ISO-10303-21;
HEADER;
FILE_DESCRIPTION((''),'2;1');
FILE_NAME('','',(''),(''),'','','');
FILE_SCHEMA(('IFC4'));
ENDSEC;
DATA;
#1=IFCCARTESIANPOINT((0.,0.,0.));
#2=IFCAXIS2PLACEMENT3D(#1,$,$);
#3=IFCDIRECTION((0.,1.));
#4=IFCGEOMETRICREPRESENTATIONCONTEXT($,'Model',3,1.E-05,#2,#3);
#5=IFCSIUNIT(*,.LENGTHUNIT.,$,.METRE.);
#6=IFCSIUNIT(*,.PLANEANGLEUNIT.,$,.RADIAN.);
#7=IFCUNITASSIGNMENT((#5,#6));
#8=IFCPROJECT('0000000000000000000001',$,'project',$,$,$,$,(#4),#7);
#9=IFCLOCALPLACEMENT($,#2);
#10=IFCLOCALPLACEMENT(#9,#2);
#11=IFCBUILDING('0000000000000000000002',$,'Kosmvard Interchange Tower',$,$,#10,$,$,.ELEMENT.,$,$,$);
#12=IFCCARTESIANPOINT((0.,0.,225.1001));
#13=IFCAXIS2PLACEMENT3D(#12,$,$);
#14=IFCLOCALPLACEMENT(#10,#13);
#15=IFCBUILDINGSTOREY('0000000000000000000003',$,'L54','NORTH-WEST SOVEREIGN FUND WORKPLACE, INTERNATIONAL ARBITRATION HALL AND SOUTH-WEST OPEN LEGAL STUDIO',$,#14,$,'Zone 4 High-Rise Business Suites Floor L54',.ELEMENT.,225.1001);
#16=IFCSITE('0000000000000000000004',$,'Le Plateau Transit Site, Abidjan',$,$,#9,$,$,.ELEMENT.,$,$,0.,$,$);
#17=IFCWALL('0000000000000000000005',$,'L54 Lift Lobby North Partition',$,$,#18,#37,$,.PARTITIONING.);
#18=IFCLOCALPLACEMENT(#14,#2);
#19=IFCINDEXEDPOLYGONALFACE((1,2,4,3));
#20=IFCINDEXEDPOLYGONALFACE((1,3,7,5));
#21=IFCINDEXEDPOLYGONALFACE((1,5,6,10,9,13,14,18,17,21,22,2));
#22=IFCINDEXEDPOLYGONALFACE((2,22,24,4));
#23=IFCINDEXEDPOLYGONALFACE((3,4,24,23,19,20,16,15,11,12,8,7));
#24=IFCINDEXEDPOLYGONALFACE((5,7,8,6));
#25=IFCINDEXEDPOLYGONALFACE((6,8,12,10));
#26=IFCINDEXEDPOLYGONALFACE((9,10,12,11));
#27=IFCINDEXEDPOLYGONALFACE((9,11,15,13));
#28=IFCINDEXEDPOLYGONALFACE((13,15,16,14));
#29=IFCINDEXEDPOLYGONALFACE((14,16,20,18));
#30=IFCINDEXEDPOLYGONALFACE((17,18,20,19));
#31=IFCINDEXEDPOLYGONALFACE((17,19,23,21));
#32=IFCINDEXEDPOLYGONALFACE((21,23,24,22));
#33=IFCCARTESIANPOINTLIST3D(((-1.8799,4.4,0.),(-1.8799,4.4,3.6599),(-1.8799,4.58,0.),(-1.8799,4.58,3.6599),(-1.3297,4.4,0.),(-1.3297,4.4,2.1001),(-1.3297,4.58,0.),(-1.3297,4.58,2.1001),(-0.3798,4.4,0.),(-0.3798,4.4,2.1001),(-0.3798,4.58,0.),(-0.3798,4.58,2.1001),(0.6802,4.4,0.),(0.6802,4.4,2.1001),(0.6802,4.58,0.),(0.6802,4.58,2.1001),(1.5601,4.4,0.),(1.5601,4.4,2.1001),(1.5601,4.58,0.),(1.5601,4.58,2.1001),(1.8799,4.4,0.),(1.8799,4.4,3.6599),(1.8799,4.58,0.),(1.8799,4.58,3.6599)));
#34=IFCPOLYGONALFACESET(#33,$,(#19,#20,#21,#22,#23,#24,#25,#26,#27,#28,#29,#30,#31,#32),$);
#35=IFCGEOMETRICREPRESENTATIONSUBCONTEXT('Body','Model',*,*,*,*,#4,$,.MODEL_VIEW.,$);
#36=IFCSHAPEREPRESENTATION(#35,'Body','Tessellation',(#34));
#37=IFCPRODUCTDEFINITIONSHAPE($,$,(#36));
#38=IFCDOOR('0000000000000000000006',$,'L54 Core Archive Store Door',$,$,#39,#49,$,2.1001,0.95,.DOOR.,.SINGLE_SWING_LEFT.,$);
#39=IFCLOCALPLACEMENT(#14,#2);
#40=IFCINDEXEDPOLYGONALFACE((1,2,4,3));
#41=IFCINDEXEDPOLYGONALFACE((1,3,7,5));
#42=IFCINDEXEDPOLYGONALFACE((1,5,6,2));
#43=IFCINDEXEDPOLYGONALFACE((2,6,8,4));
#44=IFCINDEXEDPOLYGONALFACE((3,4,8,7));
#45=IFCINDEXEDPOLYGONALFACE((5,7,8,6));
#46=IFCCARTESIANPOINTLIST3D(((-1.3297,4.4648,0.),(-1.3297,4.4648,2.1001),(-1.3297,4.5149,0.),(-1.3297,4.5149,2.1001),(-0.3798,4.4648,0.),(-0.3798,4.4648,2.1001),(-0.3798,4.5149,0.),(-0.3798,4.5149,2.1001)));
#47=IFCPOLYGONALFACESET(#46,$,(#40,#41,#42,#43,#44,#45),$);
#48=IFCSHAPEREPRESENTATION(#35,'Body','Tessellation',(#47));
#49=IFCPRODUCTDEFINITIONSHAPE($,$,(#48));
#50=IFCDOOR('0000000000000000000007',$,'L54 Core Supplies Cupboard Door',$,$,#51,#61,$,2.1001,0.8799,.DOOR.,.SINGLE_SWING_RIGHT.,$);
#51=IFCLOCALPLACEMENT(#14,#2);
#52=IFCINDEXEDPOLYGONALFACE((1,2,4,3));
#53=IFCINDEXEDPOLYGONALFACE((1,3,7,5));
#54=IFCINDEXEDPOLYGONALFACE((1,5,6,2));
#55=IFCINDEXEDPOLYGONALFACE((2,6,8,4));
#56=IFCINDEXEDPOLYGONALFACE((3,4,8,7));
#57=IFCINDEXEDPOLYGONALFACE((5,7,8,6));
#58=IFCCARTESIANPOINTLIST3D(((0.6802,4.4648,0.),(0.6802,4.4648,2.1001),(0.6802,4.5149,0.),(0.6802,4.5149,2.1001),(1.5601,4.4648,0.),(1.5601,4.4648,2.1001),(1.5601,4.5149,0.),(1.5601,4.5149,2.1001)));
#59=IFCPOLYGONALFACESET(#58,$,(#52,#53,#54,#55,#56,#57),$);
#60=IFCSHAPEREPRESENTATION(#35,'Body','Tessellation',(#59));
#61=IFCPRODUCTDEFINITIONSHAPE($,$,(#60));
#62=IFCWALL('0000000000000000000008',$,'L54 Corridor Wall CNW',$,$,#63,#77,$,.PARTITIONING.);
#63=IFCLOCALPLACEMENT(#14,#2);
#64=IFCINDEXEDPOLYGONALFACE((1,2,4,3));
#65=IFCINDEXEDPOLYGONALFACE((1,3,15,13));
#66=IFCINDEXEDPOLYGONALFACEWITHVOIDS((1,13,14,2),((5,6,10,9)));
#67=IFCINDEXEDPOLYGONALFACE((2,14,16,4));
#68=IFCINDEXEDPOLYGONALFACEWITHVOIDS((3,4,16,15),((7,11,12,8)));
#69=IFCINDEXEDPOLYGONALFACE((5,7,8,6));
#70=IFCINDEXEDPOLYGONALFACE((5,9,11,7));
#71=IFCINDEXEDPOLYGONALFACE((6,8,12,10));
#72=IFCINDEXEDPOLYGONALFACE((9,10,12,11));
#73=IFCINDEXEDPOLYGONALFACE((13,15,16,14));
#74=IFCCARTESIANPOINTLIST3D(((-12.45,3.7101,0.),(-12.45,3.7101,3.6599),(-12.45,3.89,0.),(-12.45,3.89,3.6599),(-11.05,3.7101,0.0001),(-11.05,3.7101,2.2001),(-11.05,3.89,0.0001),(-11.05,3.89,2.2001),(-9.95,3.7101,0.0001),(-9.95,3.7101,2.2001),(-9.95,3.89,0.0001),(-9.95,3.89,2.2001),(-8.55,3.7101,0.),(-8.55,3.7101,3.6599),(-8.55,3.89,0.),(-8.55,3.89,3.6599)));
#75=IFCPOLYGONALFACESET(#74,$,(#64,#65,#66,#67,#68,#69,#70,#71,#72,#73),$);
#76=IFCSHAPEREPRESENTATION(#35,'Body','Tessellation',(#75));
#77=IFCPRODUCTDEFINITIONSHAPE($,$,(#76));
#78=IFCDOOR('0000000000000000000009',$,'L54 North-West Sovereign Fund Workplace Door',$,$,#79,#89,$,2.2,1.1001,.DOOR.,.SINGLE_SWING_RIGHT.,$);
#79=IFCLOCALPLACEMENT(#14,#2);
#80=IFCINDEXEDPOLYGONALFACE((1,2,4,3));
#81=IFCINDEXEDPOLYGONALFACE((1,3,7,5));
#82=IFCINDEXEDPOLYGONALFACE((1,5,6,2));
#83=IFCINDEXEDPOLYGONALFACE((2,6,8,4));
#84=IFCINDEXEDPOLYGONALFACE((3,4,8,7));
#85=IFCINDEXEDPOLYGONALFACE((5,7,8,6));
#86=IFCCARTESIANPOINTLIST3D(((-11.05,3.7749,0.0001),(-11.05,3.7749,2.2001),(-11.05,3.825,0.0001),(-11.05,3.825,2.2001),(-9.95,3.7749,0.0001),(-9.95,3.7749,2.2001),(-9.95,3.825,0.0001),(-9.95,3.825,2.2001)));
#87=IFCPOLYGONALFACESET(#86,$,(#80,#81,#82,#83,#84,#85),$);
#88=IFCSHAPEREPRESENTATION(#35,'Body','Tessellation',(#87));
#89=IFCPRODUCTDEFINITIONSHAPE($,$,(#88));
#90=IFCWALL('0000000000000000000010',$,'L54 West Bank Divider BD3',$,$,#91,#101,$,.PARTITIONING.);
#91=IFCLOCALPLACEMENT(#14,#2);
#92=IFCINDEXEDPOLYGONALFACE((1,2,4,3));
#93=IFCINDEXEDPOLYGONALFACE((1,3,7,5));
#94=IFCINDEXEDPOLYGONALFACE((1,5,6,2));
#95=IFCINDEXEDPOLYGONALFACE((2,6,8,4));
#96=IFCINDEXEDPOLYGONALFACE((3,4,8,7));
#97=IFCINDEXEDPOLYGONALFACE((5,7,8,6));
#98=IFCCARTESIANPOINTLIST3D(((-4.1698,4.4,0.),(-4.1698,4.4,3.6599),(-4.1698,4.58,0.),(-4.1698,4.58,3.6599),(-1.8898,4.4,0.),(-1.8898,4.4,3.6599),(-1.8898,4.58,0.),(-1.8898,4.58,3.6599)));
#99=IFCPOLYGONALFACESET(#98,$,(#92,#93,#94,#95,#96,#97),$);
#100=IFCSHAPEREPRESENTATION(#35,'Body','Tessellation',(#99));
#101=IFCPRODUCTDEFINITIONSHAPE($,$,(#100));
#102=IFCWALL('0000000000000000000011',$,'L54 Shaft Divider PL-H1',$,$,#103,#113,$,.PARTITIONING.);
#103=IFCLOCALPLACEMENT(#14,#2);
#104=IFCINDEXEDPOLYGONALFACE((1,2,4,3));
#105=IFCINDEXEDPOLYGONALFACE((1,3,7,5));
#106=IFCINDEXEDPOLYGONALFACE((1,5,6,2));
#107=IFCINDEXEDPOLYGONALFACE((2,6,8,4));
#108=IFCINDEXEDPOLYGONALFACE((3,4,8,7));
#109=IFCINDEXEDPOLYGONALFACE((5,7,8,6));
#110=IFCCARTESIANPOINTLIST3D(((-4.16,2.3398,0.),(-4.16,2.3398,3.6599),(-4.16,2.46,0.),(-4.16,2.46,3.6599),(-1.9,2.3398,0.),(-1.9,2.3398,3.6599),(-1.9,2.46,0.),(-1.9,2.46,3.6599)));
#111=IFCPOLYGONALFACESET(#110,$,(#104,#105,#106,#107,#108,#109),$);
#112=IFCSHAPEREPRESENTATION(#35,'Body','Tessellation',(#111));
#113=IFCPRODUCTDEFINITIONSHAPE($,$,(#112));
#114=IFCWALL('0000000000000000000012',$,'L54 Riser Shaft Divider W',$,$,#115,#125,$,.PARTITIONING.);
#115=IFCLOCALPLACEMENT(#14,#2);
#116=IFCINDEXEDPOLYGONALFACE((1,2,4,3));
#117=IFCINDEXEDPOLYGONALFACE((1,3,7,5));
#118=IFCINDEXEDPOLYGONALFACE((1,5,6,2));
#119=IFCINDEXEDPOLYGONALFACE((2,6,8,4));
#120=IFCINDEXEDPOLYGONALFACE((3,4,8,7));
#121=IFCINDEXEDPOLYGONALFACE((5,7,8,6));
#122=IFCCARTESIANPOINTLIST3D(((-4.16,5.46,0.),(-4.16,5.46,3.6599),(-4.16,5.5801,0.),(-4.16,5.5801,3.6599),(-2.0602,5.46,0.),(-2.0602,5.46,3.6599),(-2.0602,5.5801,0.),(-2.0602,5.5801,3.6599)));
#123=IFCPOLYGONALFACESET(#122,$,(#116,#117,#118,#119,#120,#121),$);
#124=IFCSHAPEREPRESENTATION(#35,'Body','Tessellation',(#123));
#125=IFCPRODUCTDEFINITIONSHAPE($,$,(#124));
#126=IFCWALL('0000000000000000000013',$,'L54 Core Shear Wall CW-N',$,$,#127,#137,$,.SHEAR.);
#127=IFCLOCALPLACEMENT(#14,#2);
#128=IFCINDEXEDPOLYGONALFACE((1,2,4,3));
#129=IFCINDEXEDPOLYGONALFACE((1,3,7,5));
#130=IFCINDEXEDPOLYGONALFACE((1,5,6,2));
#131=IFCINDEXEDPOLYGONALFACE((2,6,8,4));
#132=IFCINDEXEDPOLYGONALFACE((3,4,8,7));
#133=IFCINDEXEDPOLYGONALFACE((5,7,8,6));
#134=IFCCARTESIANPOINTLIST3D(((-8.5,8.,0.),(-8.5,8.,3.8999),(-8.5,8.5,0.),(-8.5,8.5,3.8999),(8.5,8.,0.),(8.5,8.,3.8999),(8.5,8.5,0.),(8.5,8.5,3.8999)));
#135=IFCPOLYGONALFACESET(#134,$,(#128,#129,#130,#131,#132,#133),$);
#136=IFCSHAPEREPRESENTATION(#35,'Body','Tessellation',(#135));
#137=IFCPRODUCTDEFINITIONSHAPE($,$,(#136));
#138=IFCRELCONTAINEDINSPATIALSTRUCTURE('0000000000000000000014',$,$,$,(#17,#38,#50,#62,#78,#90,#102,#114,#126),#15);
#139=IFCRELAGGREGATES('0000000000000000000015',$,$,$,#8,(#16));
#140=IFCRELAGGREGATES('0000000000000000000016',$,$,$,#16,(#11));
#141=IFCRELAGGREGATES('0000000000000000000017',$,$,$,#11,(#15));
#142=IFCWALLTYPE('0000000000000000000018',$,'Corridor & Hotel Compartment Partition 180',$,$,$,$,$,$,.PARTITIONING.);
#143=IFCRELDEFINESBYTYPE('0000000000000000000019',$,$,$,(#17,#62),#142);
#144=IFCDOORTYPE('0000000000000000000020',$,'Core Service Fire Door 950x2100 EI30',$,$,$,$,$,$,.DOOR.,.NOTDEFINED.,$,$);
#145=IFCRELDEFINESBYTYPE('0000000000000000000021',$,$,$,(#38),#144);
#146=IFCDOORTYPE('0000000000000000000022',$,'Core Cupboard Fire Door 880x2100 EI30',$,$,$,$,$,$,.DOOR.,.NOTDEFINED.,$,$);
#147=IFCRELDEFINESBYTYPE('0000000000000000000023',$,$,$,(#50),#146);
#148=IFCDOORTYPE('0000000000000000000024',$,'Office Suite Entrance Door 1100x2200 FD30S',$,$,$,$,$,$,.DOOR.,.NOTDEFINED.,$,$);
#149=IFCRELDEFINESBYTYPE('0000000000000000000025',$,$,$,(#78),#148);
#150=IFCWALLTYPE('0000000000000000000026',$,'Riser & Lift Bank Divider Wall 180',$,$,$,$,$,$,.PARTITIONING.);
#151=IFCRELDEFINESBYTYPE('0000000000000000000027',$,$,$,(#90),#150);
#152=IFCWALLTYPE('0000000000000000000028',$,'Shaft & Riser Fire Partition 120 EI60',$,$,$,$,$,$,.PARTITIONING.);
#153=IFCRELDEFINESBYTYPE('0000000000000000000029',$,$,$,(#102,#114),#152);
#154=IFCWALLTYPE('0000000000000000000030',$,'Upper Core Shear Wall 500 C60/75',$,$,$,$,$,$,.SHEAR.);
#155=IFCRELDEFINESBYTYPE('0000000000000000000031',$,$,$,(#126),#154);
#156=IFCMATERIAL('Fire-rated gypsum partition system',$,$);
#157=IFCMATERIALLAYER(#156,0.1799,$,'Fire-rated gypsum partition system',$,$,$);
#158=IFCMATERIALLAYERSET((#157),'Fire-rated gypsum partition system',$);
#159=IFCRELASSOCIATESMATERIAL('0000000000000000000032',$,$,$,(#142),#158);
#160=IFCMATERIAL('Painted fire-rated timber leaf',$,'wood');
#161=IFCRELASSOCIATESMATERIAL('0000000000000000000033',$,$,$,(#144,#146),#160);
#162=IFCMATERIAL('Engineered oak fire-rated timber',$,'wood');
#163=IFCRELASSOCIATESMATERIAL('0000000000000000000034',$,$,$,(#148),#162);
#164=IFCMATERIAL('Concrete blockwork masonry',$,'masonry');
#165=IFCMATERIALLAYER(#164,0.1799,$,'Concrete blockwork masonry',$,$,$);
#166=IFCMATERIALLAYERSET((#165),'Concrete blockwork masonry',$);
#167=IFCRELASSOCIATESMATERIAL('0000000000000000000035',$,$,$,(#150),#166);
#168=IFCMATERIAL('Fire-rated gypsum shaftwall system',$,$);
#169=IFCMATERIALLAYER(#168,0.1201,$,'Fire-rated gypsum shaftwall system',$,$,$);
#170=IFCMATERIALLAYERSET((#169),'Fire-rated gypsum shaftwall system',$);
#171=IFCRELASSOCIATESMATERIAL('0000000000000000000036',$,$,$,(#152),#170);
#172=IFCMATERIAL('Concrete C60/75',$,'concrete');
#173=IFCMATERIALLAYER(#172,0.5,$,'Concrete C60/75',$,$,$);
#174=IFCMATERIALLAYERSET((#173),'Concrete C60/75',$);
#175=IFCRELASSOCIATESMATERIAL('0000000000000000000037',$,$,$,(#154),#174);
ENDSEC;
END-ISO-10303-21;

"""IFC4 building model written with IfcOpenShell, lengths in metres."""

from ifc_helpers import new_model, si_unit, direction, frame, frame_2d, origin, place, context, subcontext, project, spatial, rectangle, extrude, source, transform, mapped, material, layer, layer_set, type_object, element, fill, save


model = new_model("IFC4")

# Units and contexts
model_context = context("Model", 3, precision=1e-05, world=origin(), true_north=direction((0.0, 1.0)))
body_context = subcontext(model_context, "Body", "Model", "MODEL_VIEW")
ifc_project = project(units=[si_unit("LENGTHUNIT", "METRE"), si_unit("PLANEANGLEUNIT", "RADIAN")], contexts=[model_context])

# Site, building, storey
site_placement = place(None, origin())
site = spatial("IfcSite", under=ifc_project, at=site_placement, Name="Le Plateau Transit Site, Abidjan", CompositionType="ELEMENT", RefElevation=0.0)
building_placement = place(site_placement, origin())
building = spatial("IfcBuilding", under=site, at=building_placement, Name="Kosmvard Interchange Tower", CompositionType="ELEMENT")
storey_placement = place(building_placement, frame((0.0, 0.0, 225.1001)))
storey = spatial("IfcBuildingStorey", under=building, at=storey_placement, Name="L54", Description="NORTH-WEST SOVEREIGN FUND WORKPLACE, INTERNATIONAL ARBITRATION HALL AND SOUTH-WEST OPEN LEGAL STUDIO", LongName="Zone 4 High-Rise Business Suites Floor L54", CompositionType="ELEMENT", Elevation=225.1001)

# Shared definitions
ifc_material_1 = material(Name="Concrete C60/75", Category="concrete")

# Shared definitions
ifc_material_2 = material(Name="Fire-rated gypsum partition system")

# Wall, openings, doors
ifc_layer_1 = layer(ifc_material_2, 0.1799, Name="Fire-rated gypsum partition system")
ifc_layer_set_1 = layer_set([ifc_layer_1], Name="Fire-rated gypsum partition system")
wall_type_1 = type_object("IfcWallType", Name="Corridor & Hotel Compartment Partition 180", PredefinedType="PARTITIONING", material=ifc_layer_set_1)
wall_1_placement = place(storey_placement, frame((-1.8799, 4.49, 0.0), z_axis=(0.0, 0.0, 1.0), x_axis=(1.0, 0.0, 0.0)))
wall_1 = element("IfcWall", 1, at=wall_1_placement, inside=storey, type_object=wall_type_1, Name="L54 Lift Lobby North Partition", PredefinedType="PARTITIONING", context=body_context, shape_type="SweptSolid", body=[
    extrude(rectangle(XDim=3.7598, YDim=0.1799, at=frame_2d((1.8799, 0.0))), origin(), (0.0, 0.0, 1.0), 3.6599),
])
opening_1_placement = place(wall_1_placement, frame((0.55, 0.0, 0.0)))
opening_1 = element("IfcOpeningElement", 2, at=opening_1_placement, cuts=wall_1, PredefinedType="OPENING", context=body_context, shape_type="SweptSolid", body=[
    extrude(rectangle(XDim=0.95, YDim=2.1001, at=frame_2d((0.4751, 1.05))), frame((0.0, 0.1001, 0.0), z_axis=(0.0, -1.0, 0.0), x_axis=(1.0, 0.0, 0.0)), (0.0, 0.0, 1.0), 0.2),
])
opening_2_placement = place(wall_1_placement, frame((2.5601, 0.0, 0.0)))
opening_2 = element("IfcOpeningElement", 3, at=opening_2_placement, cuts=wall_1, PredefinedType="OPENING", context=body_context, shape_type="SweptSolid", body=[
    extrude(rectangle(XDim=0.8799, YDim=2.1001, at=frame_2d((0.4399, 1.05))), frame((0.0, 0.1001, 0.0), z_axis=(0.0, -1.0, 0.0), x_axis=(1.0, 0.0, 0.0)), (0.0, 0.0, 1.0), 0.2),
])
ifc_material_3 = material(Name="Painted fire-rated timber leaf", Category="wood")
door_type_1 = type_object("IfcDoorType", Name="Core Service Fire Door 950x2100 EI30", OperationType="NOTDEFINED", PredefinedType="DOOR", material=ifc_material_3)
shared_shape_1 = source(origin(), body_context, "Body", "SweptSolid", [
    extrude(rectangle(XDim=0.95, YDim=2.1001, at=frame_2d((0.4751, 1.05))), frame((0.0, 0.0249, 0.0), z_axis=(0.0, -1.0, 0.0), x_axis=(1.0, 0.0, 0.0)), (0.0, 0.0, 1.0), 0.05),
])
door_1_placement = place(opening_1_placement, origin())
door_1 = element("IfcDoor", 4, at=door_1_placement, inside=storey, type_object=door_type_1, Name="L54 Core Archive Store Door", OperationType="SINGLE_SWING_LEFT", OverallHeight=2.1001, OverallWidth=0.95, PredefinedType="DOOR", context=body_context, shape_type="MappedRepresentation", body=[
    mapped(shared_shape_1, transform((0.0, 0.0, 0.0), scale=1.0)),
])
fill(opening_1, door_1)
door_type_2 = type_object("IfcDoorType", Name="Core Cupboard Fire Door 880x2100 EI30", OperationType="NOTDEFINED", PredefinedType="DOOR", material=ifc_material_3)
shared_shape_2 = source(origin(), body_context, "Body", "SweptSolid", [
    extrude(rectangle(XDim=0.8799, YDim=2.1001, at=frame_2d((0.4399, 1.05))), frame((0.0, 0.0249, 0.0), z_axis=(0.0, -1.0, 0.0), x_axis=(1.0, 0.0, 0.0)), (0.0, 0.0, 1.0), 0.05),
])
door_2_placement = place(opening_2_placement, origin())
door_2 = element("IfcDoor", 5, at=door_2_placement, inside=storey, type_object=door_type_2, Name="L54 Core Supplies Cupboard Door", OperationType="SINGLE_SWING_RIGHT", OverallHeight=2.1001, OverallWidth=0.8799, PredefinedType="DOOR", context=body_context, shape_type="MappedRepresentation", body=[
    mapped(shared_shape_2, transform((0.0, 0.0, 0.0), scale=1.0)),
])
fill(opening_2, door_2)

# Wall, opening, door
wall_2_placement = place(storey_placement, frame((-12.45, 3.8, 0.0), z_axis=(0.0, 0.0, 1.0), x_axis=(1.0, 0.0, 0.0)))
wall_2 = element("IfcWall", 6, at=wall_2_placement, inside=storey, type_object=wall_type_1, Name="L54 Corridor Wall CNW", PredefinedType="PARTITIONING", context=body_context, shape_type="SweptSolid", body=[
    extrude(rectangle(XDim=3.8999, YDim=0.1799, at=frame_2d((1.95, 0.0))), origin(), (0.0, 0.0, 1.0), 3.6599),
])
opening_3_placement = place(wall_2_placement, frame((1.3999, 0.0, 0.0)))
opening_3 = element("IfcOpeningElement", 7, at=opening_3_placement, cuts=wall_2, PredefinedType="OPENING", context=body_context, shape_type="SweptSolid", body=[
    extrude(rectangle(XDim=1.1001, YDim=2.2, at=frame_2d((0.55, 1.1001))), frame((0.0, 0.1001, 0.0), z_axis=(0.0, -1.0, 0.0), x_axis=(1.0, 0.0, 0.0)), (0.0, 0.0, 1.0), 0.2),
])
ifc_material_4 = material(Name="Engineered oak fire-rated timber", Category="wood")
door_type_3 = type_object("IfcDoorType", Name="Office Suite Entrance Door 1100x2200 FD30S", OperationType="NOTDEFINED", PredefinedType="DOOR", material=ifc_material_4)
shared_shape_3 = source(origin(), body_context, "Body", "SweptSolid", [
    extrude(rectangle(XDim=1.1001, YDim=2.2, at=frame_2d((0.55, 1.1001))), frame((0.0, 0.0249, 0.0), z_axis=(0.0, -1.0, 0.0), x_axis=(1.0, 0.0, 0.0)), (0.0, 0.0, 1.0), 0.05),
])
door_3_placement = place(opening_3_placement, origin())
door_3 = element("IfcDoor", 8, at=door_3_placement, inside=storey, type_object=door_type_3, Name="L54 North-West Sovereign Fund Workplace Door", OperationType="SINGLE_SWING_RIGHT", OverallHeight=2.2, OverallWidth=1.1001, PredefinedType="DOOR", context=body_context, shape_type="MappedRepresentation", body=[
    mapped(shared_shape_3, transform((0.0, 0.0, 0.0), scale=1.0)),
])
fill(opening_3, door_3)

# Walls
ifc_material_5 = material(Name="Concrete blockwork masonry", Category="masonry")
ifc_layer_2 = layer(ifc_material_5, 0.1799, Name="Concrete blockwork masonry")
ifc_layer_set_2 = layer_set([ifc_layer_2], Name="Concrete blockwork masonry")
wall_type_2 = type_object("IfcWallType", Name="Riser & Lift Bank Divider Wall 180", PredefinedType="PARTITIONING", material=ifc_layer_set_2)
wall_3_placement = place(storey_placement, frame((-4.1699, 4.49, 0.0), z_axis=(0.0, 0.0, 1.0), x_axis=(1.0, 0.0, 0.0)))
element("IfcWall", 9, at=wall_3_placement, inside=storey, type_object=wall_type_2, Name="L54 West Bank Divider BD3", PredefinedType="PARTITIONING", context=body_context, shape_type="SweptSolid", body=[
    extrude(rectangle(XDim=2.28, YDim=0.1799, at=frame_2d((1.1401, 0.0))), origin(), (0.0, 0.0, 1.0), 3.6599),
])
ifc_material_6 = material(Name="Fire-rated gypsum shaftwall system")
ifc_layer_3 = layer(ifc_material_6, 0.1201, Name="Fire-rated gypsum shaftwall system")
ifc_layer_set_3 = layer_set([ifc_layer_3], Name="Fire-rated gypsum shaftwall system")
wall_type_3 = type_object("IfcWallType", Name="Shaft & Riser Fire Partition 120 EI60", PredefinedType="PARTITIONING", material=ifc_layer_set_3)
wall_4_placement = place(storey_placement, frame((-4.1599, 2.3999, 0.0), z_axis=(0.0, 0.0, 1.0), x_axis=(1.0, 0.0, 0.0)))
element("IfcWall", 10, at=wall_4_placement, inside=storey, type_object=wall_type_3, Name="L54 Shaft Divider PL-H1", PredefinedType="PARTITIONING", context=body_context, shape_type="SweptSolid", body=[
    extrude(rectangle(XDim=2.26, YDim=0.1201, at=frame_2d((1.1299, 0.0))), origin(), (0.0, 0.0, 1.0), 3.6599),
])
wall_5_placement = place(storey_placement, frame((-4.1599, 5.52, 0.0), z_axis=(0.0, 0.0, 1.0), x_axis=(1.0, 0.0, 0.0)))
element("IfcWall", 11, at=wall_5_placement, inside=storey, type_object=wall_type_3, Name="L54 Riser Shaft Divider W", PredefinedType="PARTITIONING", context=body_context, shape_type="SweptSolid", body=[
    extrude(rectangle(XDim=2.0999, YDim=0.1201, at=frame_2d((1.0498, 0.0))), origin(), (0.0, 0.0, 1.0), 3.6599),
])
ifc_layer_4 = layer(ifc_material_1, 0.5, Name="Concrete C60/75")
ifc_layer_set_4 = layer_set([ifc_layer_4], Name="Concrete C60/75")
wall_type_4 = type_object("IfcWallType", Name="Upper Core Shear Wall 500 C60/75", PredefinedType="SHEAR", material=ifc_layer_set_4)
wall_6_placement = place(storey_placement, frame((-8.5, 8.25, 0.0), z_axis=(0.0, 0.0, 1.0), x_axis=(1.0, 0.0, 0.0)))
element("IfcWall", 12, at=wall_6_placement, inside=storey, type_object=wall_type_4, Name="L54 Core Shear Wall CW-N", PredefinedType="SHEAR", context=body_context, shape_type="SweptSolid", body=[
    extrude(rectangle(XDim=17.0, YDim=0.5, at=frame_2d((8.5, 0.0))), origin(), (0.0, 0.0, 1.0), 3.8999),
])

save(model, "model.ifc")
